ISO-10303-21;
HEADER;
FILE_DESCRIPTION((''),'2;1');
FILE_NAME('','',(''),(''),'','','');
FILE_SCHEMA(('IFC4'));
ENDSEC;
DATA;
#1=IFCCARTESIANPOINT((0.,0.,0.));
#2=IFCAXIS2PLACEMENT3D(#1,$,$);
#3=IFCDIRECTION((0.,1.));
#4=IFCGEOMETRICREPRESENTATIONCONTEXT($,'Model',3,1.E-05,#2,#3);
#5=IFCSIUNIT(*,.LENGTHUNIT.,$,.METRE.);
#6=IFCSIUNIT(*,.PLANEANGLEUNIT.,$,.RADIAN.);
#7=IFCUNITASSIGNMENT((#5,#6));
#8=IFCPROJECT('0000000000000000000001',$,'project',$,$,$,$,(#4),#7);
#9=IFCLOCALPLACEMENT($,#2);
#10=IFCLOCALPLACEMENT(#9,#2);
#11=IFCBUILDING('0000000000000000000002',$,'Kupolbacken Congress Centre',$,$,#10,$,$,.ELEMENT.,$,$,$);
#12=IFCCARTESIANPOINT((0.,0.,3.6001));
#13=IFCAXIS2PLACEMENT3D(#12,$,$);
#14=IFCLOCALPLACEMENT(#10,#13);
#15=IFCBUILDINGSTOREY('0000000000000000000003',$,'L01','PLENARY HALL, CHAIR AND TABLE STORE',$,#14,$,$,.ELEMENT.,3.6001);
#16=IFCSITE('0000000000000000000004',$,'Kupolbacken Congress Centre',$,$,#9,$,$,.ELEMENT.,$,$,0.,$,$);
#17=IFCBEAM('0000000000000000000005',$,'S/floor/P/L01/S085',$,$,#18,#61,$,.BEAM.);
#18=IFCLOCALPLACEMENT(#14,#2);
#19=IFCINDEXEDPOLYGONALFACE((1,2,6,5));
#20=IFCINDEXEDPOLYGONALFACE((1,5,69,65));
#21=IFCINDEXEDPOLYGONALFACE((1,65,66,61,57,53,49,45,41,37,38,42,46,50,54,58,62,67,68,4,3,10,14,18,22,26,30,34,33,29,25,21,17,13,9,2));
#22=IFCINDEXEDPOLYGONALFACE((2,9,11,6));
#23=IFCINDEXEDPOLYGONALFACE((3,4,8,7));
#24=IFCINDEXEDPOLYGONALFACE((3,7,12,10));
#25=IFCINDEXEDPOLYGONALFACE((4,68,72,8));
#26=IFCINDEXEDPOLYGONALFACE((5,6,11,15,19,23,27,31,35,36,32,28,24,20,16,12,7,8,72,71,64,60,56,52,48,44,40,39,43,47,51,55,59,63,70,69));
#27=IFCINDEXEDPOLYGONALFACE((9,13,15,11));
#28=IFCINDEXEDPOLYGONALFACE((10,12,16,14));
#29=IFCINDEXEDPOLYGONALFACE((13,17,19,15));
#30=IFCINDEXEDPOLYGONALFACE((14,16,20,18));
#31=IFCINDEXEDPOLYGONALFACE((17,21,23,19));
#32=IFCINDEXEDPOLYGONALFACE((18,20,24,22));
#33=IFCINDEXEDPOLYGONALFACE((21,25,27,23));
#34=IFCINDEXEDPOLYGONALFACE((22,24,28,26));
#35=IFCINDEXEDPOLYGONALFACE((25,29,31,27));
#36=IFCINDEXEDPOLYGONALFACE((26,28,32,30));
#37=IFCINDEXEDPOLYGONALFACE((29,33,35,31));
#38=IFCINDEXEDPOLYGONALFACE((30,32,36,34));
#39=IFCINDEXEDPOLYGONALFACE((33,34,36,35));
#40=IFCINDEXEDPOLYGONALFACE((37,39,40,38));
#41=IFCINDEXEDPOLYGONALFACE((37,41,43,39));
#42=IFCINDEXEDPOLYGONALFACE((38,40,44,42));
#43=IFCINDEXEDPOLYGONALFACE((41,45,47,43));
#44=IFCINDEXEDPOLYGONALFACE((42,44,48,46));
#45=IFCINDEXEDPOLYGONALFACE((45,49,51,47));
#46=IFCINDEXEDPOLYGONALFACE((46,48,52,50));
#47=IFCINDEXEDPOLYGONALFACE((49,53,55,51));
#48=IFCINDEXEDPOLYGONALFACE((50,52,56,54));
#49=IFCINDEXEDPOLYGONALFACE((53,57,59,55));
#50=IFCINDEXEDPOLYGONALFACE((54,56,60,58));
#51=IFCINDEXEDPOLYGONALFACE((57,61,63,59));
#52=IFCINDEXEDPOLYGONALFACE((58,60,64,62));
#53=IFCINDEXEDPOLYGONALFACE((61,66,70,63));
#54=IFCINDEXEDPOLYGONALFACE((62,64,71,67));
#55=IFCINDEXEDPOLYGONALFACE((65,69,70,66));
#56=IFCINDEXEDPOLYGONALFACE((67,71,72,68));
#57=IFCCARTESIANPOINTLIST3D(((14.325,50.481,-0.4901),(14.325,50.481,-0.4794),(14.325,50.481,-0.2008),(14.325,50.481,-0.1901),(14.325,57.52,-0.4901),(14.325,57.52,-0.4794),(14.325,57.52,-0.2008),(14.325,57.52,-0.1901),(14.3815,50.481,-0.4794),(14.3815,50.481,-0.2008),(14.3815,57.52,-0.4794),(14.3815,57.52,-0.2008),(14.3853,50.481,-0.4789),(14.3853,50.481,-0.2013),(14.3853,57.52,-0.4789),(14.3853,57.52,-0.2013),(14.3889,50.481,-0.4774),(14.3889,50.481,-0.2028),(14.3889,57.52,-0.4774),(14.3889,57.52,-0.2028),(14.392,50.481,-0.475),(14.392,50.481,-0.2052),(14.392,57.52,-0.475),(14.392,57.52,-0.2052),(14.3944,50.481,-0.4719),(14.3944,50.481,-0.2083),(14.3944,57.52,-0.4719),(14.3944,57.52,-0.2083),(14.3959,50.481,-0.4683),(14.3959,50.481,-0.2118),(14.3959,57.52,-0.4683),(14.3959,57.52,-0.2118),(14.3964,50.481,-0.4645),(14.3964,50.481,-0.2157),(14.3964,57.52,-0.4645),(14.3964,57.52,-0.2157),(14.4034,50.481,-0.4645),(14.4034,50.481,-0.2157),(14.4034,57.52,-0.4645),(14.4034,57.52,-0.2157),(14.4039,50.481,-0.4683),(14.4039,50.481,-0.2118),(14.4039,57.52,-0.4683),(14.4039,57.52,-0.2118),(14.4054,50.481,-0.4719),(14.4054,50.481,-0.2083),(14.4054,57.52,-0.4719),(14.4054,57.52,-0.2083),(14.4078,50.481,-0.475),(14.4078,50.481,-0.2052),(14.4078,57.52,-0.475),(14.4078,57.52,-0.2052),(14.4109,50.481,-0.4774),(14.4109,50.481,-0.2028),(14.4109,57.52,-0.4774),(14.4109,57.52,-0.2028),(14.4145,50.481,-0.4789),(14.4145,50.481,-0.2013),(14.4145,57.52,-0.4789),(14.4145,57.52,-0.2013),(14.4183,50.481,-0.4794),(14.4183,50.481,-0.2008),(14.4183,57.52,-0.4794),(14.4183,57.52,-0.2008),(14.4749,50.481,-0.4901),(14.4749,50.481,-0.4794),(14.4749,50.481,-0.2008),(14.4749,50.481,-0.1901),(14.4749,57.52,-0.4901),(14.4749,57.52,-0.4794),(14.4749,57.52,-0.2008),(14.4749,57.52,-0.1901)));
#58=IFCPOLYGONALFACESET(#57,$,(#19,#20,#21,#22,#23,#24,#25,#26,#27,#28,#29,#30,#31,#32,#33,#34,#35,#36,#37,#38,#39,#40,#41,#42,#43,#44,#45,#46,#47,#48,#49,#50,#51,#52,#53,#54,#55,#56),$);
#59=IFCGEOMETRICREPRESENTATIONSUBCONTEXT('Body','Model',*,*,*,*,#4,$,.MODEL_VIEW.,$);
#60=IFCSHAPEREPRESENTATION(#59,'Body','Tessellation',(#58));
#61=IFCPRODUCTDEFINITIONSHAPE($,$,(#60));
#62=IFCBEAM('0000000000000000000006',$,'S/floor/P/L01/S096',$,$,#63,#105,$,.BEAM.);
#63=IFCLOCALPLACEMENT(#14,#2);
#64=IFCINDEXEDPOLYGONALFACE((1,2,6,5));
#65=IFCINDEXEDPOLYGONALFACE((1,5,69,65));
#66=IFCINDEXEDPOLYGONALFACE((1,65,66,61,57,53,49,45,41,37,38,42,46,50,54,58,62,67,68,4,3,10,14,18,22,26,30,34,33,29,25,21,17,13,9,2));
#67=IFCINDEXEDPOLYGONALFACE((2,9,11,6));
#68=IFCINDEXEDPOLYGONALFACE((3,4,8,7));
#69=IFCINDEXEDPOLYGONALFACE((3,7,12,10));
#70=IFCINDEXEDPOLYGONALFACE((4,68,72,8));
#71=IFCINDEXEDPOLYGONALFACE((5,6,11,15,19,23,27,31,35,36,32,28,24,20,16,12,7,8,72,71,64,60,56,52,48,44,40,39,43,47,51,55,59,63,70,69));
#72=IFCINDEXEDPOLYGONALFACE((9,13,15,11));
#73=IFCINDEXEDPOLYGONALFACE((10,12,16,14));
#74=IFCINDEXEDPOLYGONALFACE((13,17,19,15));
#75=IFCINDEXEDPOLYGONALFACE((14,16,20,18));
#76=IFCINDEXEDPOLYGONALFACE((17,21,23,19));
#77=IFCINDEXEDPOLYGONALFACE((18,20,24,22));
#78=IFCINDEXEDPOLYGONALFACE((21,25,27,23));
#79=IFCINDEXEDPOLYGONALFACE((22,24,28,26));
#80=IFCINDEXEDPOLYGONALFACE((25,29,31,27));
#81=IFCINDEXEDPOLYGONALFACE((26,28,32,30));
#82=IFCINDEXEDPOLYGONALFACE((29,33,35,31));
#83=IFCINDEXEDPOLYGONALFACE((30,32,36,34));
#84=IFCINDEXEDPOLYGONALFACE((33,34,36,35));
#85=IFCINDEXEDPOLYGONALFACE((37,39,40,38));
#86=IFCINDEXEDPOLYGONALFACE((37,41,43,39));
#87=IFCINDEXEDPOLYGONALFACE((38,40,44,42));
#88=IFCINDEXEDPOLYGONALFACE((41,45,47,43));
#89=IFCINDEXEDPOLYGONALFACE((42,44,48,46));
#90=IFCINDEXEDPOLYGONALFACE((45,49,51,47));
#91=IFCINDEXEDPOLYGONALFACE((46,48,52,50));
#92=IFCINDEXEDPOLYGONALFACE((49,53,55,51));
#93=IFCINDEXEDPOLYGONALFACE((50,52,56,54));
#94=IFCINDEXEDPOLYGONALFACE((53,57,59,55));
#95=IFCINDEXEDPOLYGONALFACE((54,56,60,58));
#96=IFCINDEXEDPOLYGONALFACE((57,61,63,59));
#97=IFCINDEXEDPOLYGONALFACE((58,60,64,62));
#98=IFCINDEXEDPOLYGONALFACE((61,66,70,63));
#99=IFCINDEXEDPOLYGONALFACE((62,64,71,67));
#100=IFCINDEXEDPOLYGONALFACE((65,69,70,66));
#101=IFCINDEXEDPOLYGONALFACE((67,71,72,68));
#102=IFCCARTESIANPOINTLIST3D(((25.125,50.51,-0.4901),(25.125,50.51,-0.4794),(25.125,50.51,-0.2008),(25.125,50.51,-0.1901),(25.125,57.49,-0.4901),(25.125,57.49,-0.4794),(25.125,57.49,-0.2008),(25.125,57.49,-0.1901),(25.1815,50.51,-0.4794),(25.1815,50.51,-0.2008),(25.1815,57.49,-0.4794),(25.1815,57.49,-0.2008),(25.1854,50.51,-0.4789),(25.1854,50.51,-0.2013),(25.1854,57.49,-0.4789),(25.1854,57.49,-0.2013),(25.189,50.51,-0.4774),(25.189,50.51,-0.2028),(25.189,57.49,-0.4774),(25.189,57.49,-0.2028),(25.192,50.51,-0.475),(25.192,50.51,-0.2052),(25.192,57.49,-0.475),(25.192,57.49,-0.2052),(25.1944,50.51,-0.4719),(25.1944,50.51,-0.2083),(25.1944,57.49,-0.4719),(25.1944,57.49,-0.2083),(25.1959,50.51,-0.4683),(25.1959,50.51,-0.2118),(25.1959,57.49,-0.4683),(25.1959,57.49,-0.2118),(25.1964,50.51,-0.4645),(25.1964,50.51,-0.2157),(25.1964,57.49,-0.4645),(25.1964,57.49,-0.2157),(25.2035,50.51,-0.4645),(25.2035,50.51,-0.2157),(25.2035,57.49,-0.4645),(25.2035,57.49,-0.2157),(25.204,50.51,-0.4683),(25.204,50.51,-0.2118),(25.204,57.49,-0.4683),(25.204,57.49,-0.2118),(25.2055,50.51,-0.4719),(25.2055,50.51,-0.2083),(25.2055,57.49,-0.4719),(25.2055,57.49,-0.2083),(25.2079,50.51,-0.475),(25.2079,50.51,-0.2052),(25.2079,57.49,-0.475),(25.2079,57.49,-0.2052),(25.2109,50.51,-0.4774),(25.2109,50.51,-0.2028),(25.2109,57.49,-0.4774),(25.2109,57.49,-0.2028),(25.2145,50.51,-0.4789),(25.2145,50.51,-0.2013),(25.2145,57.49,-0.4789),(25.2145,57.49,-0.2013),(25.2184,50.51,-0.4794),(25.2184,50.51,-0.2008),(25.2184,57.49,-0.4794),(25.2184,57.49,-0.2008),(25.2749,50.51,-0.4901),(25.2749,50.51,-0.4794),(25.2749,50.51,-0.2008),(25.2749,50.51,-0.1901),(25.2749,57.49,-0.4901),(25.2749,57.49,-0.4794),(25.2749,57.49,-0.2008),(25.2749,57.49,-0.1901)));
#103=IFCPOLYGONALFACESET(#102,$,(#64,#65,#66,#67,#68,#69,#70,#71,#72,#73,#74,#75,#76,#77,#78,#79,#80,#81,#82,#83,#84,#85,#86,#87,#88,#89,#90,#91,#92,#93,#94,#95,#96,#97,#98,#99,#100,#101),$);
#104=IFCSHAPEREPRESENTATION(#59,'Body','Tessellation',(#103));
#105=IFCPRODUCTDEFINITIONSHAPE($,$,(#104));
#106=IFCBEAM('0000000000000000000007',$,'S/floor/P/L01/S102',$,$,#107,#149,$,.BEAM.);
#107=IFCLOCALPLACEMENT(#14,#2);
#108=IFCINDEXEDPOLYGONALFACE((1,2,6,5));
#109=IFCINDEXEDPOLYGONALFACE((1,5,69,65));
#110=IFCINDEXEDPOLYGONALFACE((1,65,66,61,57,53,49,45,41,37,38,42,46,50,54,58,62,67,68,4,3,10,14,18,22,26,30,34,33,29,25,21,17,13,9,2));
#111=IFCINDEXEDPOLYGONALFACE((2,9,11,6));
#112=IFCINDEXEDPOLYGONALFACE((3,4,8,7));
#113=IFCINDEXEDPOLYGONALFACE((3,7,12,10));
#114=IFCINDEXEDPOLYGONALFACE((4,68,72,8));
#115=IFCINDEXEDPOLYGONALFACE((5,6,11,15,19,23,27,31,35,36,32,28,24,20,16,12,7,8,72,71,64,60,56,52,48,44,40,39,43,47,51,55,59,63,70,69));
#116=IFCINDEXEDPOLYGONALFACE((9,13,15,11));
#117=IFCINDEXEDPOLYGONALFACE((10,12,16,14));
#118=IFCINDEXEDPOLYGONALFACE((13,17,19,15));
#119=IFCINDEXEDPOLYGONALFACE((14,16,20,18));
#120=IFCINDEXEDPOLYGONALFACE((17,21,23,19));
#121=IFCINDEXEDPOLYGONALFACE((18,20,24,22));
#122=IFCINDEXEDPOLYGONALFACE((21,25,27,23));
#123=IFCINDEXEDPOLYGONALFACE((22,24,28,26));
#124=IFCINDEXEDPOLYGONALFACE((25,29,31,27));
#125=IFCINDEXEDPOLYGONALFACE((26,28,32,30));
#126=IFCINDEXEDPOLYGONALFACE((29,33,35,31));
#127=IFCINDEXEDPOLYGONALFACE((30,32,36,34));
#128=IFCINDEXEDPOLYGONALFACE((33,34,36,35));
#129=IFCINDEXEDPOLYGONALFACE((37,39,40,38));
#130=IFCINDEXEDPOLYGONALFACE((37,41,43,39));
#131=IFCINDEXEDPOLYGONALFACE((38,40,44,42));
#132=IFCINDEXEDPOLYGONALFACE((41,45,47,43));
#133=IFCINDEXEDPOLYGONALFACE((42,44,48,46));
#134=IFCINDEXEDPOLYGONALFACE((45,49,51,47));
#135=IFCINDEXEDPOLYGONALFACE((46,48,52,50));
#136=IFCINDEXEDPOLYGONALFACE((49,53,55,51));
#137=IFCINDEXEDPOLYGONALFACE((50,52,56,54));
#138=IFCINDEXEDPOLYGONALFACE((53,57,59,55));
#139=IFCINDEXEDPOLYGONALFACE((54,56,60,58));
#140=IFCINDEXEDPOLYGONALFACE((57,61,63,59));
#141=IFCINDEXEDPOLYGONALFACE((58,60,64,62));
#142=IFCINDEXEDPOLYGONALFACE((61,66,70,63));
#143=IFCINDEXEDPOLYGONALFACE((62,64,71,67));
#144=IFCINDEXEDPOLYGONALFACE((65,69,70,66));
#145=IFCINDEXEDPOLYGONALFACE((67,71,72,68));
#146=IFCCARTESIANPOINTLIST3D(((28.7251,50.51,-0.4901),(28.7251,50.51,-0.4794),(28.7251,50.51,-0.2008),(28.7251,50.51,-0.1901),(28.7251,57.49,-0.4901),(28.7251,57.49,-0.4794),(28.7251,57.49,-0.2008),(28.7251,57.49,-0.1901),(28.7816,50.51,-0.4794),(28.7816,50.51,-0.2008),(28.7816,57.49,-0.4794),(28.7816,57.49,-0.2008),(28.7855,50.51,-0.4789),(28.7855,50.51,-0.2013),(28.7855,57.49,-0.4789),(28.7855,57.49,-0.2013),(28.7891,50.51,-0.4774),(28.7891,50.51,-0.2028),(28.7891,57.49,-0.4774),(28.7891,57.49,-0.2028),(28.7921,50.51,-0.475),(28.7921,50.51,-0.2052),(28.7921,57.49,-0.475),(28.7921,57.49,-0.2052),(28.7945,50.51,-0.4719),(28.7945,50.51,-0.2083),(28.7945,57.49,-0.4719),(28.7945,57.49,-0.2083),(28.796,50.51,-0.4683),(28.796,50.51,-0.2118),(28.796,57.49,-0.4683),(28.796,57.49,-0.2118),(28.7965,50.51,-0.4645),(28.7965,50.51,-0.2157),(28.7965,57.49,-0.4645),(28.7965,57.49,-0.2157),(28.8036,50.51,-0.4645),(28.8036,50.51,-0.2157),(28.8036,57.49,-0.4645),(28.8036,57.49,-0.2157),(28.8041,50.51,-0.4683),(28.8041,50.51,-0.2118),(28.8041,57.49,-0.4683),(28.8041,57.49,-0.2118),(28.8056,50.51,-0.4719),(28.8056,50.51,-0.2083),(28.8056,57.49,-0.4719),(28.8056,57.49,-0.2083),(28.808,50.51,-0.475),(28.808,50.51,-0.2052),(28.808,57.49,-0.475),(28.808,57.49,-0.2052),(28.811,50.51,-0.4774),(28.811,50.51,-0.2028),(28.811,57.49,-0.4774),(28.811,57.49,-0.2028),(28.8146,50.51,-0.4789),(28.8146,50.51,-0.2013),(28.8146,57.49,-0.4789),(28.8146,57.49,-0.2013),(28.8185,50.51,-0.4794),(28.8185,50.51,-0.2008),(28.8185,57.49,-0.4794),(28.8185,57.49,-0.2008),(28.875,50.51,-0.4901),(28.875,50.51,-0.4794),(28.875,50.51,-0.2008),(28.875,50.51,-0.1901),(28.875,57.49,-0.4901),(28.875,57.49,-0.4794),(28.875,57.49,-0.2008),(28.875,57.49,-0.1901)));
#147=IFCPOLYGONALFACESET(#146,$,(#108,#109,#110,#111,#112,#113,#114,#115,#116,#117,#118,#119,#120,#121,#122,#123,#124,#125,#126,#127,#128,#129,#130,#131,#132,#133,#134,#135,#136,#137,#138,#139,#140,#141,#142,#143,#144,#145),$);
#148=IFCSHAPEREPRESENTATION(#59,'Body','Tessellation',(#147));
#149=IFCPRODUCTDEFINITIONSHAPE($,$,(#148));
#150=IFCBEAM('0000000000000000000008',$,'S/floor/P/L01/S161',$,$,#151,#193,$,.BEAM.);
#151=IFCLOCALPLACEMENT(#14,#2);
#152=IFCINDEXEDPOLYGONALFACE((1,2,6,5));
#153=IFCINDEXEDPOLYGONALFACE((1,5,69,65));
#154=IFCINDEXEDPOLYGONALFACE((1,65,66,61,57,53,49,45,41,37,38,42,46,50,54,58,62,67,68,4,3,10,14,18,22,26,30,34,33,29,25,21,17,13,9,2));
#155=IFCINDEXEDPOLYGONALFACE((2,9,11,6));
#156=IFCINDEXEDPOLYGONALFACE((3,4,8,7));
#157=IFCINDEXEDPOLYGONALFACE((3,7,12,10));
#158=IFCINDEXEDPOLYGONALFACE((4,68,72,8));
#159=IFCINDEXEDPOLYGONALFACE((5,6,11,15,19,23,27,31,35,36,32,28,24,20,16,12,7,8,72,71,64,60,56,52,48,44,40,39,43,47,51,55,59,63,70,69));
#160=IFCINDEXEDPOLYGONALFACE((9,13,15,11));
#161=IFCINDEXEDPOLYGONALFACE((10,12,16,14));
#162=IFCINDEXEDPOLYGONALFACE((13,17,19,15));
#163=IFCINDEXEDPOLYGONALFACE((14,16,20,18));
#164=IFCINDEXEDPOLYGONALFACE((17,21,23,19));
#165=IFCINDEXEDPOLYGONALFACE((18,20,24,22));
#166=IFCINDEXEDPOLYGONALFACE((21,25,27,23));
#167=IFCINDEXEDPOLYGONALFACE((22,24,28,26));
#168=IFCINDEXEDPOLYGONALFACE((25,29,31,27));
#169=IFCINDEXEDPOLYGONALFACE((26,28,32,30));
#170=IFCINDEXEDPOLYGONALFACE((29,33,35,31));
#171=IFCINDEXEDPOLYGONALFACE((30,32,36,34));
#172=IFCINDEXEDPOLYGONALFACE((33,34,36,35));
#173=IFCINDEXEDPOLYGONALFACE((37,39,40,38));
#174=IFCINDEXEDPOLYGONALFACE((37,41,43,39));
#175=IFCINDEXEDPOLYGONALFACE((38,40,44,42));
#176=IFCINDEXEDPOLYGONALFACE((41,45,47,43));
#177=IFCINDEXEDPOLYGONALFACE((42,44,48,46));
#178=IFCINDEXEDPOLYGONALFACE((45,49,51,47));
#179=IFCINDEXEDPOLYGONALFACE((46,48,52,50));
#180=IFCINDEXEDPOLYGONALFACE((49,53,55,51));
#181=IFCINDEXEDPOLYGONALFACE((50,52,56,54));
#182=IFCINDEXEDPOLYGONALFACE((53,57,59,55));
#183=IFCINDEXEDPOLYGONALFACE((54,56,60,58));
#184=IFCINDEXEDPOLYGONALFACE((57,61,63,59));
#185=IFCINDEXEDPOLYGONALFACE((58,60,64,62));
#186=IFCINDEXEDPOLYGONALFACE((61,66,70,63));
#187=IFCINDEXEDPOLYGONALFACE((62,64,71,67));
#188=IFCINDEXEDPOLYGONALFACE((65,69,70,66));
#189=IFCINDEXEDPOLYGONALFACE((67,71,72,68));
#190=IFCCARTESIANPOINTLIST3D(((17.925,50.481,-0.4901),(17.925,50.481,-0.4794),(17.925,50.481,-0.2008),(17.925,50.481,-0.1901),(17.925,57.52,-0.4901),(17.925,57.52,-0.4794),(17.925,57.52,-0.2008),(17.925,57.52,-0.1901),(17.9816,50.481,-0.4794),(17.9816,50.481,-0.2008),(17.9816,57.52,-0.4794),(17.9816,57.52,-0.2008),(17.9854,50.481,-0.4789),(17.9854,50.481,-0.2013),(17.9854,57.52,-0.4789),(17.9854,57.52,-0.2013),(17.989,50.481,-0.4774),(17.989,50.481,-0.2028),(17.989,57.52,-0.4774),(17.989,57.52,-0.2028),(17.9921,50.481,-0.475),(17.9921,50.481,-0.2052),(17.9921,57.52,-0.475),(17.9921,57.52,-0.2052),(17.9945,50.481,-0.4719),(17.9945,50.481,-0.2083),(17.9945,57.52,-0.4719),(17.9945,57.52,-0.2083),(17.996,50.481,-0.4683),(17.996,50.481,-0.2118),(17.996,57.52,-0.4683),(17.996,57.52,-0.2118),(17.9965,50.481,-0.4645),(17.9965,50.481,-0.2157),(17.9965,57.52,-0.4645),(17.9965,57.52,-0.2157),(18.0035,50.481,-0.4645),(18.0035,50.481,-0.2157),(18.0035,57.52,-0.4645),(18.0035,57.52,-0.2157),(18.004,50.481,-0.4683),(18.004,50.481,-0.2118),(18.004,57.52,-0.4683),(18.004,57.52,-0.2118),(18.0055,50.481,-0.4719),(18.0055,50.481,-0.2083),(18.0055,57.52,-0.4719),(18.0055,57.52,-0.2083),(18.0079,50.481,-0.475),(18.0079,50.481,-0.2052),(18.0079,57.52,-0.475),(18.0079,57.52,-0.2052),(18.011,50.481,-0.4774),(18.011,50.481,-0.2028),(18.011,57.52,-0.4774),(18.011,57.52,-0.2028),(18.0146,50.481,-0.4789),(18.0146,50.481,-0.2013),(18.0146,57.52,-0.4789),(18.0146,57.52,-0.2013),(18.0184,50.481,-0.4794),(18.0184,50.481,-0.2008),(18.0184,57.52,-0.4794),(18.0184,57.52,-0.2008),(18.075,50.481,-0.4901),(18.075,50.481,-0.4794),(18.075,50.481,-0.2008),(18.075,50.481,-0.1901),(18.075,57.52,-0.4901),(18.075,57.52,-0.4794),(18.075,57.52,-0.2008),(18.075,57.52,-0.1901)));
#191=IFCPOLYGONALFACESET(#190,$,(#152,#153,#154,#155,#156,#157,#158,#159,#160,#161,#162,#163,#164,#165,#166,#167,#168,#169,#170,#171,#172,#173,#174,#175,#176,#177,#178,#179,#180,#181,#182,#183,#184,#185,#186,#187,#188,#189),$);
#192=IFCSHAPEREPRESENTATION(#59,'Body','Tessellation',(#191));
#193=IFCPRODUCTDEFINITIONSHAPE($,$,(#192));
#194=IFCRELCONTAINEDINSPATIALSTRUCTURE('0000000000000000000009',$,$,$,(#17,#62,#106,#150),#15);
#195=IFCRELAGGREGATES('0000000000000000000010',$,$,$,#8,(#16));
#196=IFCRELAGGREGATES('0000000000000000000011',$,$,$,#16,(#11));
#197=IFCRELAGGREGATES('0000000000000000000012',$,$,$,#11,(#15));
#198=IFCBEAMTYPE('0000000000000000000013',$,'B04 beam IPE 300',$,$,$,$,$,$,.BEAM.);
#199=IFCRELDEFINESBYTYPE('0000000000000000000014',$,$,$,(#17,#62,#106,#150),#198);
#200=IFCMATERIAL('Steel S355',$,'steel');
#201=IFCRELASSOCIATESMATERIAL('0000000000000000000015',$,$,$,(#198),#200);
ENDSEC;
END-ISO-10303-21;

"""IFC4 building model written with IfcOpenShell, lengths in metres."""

from ifc_helpers import new_model, si_unit, direction, frame, origin, origin_2d, place, context, subcontext, project, spatial, i_section, extrude, material, material_profile, profile_set, type_object, element, save


model = new_model("IFC4")

# Units and contexts
model_context = context("Model", 3, precision=1e-05, world=origin(), true_north=direction((0.0, 1.0)))
body_context = subcontext(model_context, "Body", "Model", "MODEL_VIEW")
ifc_project = project(units=[si_unit("LENGTHUNIT", "METRE"), si_unit("PLANEANGLEUNIT", "RADIAN")], contexts=[model_context])

# Site, building, storey
site_placement = place(None, origin())
site = spatial("IfcSite", under=ifc_project, at=site_placement, Name="Kupolbacken Congress Centre", CompositionType="ELEMENT", RefElevation=0.0)
building_placement = place(site_placement, origin())
building = spatial("IfcBuilding", under=site, at=building_placement, Name="Kupolbacken Congress Centre", CompositionType="ELEMENT")
storey_placement = place(building_placement, frame((0.0, 0.0, 3.6001)))
storey = spatial("IfcBuildingStorey", under=building, at=storey_placement, Name="L01", Description="PLENARY HALL, CHAIR AND TABLE STORE", CompositionType="ELEMENT", Elevation=3.6001)

# Beams
ifc_material_1 = material(Name="Steel S355", Category="steel")
ifc_material_profile_1 = material_profile(ifc_material_1, i_section(OverallWidth=0.1499, OverallDepth=0.3, WebThickness=0.0071, FlangeThickness=0.0107, FilletRadius=0.0149, at=origin_2d()), Name="IPE 300")
ifc_profile_set_1 = profile_set([ifc_material_profile_1], Name="Steel S355")
beam_type_1 = type_object("IfcBeamType", Name="B04 beam IPE 300", PredefinedType="BEAM", material=ifc_profile_set_1)
beam_1_placement = place(storey_placement, frame((14.3999, 50.481, -0.3401), z_axis=(0.0, 1.0, 0.0), x_axis=(-1.0, 0.0, 0.0)))
element("IfcBeam", 1, at=beam_1_placement, inside=storey, type_object=beam_type_1, Name="S/floor/P/L01/S085", PredefinedType="BEAM", context=body_context, shape_type="SweptSolid", body=[
    extrude(i_section(OverallWidth=0.1499, OverallDepth=0.3, WebThickness=0.0071, FlangeThickness=0.0107, FilletRadius=0.0149, at=origin_2d()), origin(), (0.0, 0.0, 1.0), 7.0391),
])
for number, where, z_axis, x_axis, name in (
    (2, (25.2, 50.51, -0.3401), (0.0, 1.0, 0.0), (-1.0, 0.0, 0.0), "S/floor/P/L01/S096"),
    (3, (28.8, 50.51, -0.3401), (0.0, 1.0, 0.0), (-1.0, 0.0, 0.0), "S/floor/P/L01/S102"),
):
    element("IfcBeam", number, at=place(storey_placement, frame(where, z_axis=z_axis, x_axis=x_axis)), inside=storey, type_object=beam_type_1, Name=name, PredefinedType="BEAM", context=body_context, shape_type="SweptSolid", body=[
        extrude(i_section(OverallWidth=0.1499, OverallDepth=0.3, WebThickness=0.0071, FlangeThickness=0.0107, FilletRadius=0.0149, at=origin_2d()), origin(), (0.0, 0.0, 1.0), 6.98),
    ])
beam_2_placement = place(storey_placement, frame((18.0, 50.481, -0.3401), z_axis=(0.0, 1.0, 0.0), x_axis=(-1.0, 0.0, 0.0)))
element("IfcBeam", 4, at=beam_2_placement, inside=storey, type_object=beam_type_1, Name="S/floor/P/L01/S161", PredefinedType="BEAM", context=body_context, shape_type="SweptSolid", body=[
    extrude(i_section(OverallWidth=0.1499, OverallDepth=0.3, WebThickness=0.0071, FlangeThickness=0.0107, FilletRadius=0.0149, at=origin_2d()), origin(), (0.0, 0.0, 1.0), 7.0391),
])

save(model, "model.ifc")
